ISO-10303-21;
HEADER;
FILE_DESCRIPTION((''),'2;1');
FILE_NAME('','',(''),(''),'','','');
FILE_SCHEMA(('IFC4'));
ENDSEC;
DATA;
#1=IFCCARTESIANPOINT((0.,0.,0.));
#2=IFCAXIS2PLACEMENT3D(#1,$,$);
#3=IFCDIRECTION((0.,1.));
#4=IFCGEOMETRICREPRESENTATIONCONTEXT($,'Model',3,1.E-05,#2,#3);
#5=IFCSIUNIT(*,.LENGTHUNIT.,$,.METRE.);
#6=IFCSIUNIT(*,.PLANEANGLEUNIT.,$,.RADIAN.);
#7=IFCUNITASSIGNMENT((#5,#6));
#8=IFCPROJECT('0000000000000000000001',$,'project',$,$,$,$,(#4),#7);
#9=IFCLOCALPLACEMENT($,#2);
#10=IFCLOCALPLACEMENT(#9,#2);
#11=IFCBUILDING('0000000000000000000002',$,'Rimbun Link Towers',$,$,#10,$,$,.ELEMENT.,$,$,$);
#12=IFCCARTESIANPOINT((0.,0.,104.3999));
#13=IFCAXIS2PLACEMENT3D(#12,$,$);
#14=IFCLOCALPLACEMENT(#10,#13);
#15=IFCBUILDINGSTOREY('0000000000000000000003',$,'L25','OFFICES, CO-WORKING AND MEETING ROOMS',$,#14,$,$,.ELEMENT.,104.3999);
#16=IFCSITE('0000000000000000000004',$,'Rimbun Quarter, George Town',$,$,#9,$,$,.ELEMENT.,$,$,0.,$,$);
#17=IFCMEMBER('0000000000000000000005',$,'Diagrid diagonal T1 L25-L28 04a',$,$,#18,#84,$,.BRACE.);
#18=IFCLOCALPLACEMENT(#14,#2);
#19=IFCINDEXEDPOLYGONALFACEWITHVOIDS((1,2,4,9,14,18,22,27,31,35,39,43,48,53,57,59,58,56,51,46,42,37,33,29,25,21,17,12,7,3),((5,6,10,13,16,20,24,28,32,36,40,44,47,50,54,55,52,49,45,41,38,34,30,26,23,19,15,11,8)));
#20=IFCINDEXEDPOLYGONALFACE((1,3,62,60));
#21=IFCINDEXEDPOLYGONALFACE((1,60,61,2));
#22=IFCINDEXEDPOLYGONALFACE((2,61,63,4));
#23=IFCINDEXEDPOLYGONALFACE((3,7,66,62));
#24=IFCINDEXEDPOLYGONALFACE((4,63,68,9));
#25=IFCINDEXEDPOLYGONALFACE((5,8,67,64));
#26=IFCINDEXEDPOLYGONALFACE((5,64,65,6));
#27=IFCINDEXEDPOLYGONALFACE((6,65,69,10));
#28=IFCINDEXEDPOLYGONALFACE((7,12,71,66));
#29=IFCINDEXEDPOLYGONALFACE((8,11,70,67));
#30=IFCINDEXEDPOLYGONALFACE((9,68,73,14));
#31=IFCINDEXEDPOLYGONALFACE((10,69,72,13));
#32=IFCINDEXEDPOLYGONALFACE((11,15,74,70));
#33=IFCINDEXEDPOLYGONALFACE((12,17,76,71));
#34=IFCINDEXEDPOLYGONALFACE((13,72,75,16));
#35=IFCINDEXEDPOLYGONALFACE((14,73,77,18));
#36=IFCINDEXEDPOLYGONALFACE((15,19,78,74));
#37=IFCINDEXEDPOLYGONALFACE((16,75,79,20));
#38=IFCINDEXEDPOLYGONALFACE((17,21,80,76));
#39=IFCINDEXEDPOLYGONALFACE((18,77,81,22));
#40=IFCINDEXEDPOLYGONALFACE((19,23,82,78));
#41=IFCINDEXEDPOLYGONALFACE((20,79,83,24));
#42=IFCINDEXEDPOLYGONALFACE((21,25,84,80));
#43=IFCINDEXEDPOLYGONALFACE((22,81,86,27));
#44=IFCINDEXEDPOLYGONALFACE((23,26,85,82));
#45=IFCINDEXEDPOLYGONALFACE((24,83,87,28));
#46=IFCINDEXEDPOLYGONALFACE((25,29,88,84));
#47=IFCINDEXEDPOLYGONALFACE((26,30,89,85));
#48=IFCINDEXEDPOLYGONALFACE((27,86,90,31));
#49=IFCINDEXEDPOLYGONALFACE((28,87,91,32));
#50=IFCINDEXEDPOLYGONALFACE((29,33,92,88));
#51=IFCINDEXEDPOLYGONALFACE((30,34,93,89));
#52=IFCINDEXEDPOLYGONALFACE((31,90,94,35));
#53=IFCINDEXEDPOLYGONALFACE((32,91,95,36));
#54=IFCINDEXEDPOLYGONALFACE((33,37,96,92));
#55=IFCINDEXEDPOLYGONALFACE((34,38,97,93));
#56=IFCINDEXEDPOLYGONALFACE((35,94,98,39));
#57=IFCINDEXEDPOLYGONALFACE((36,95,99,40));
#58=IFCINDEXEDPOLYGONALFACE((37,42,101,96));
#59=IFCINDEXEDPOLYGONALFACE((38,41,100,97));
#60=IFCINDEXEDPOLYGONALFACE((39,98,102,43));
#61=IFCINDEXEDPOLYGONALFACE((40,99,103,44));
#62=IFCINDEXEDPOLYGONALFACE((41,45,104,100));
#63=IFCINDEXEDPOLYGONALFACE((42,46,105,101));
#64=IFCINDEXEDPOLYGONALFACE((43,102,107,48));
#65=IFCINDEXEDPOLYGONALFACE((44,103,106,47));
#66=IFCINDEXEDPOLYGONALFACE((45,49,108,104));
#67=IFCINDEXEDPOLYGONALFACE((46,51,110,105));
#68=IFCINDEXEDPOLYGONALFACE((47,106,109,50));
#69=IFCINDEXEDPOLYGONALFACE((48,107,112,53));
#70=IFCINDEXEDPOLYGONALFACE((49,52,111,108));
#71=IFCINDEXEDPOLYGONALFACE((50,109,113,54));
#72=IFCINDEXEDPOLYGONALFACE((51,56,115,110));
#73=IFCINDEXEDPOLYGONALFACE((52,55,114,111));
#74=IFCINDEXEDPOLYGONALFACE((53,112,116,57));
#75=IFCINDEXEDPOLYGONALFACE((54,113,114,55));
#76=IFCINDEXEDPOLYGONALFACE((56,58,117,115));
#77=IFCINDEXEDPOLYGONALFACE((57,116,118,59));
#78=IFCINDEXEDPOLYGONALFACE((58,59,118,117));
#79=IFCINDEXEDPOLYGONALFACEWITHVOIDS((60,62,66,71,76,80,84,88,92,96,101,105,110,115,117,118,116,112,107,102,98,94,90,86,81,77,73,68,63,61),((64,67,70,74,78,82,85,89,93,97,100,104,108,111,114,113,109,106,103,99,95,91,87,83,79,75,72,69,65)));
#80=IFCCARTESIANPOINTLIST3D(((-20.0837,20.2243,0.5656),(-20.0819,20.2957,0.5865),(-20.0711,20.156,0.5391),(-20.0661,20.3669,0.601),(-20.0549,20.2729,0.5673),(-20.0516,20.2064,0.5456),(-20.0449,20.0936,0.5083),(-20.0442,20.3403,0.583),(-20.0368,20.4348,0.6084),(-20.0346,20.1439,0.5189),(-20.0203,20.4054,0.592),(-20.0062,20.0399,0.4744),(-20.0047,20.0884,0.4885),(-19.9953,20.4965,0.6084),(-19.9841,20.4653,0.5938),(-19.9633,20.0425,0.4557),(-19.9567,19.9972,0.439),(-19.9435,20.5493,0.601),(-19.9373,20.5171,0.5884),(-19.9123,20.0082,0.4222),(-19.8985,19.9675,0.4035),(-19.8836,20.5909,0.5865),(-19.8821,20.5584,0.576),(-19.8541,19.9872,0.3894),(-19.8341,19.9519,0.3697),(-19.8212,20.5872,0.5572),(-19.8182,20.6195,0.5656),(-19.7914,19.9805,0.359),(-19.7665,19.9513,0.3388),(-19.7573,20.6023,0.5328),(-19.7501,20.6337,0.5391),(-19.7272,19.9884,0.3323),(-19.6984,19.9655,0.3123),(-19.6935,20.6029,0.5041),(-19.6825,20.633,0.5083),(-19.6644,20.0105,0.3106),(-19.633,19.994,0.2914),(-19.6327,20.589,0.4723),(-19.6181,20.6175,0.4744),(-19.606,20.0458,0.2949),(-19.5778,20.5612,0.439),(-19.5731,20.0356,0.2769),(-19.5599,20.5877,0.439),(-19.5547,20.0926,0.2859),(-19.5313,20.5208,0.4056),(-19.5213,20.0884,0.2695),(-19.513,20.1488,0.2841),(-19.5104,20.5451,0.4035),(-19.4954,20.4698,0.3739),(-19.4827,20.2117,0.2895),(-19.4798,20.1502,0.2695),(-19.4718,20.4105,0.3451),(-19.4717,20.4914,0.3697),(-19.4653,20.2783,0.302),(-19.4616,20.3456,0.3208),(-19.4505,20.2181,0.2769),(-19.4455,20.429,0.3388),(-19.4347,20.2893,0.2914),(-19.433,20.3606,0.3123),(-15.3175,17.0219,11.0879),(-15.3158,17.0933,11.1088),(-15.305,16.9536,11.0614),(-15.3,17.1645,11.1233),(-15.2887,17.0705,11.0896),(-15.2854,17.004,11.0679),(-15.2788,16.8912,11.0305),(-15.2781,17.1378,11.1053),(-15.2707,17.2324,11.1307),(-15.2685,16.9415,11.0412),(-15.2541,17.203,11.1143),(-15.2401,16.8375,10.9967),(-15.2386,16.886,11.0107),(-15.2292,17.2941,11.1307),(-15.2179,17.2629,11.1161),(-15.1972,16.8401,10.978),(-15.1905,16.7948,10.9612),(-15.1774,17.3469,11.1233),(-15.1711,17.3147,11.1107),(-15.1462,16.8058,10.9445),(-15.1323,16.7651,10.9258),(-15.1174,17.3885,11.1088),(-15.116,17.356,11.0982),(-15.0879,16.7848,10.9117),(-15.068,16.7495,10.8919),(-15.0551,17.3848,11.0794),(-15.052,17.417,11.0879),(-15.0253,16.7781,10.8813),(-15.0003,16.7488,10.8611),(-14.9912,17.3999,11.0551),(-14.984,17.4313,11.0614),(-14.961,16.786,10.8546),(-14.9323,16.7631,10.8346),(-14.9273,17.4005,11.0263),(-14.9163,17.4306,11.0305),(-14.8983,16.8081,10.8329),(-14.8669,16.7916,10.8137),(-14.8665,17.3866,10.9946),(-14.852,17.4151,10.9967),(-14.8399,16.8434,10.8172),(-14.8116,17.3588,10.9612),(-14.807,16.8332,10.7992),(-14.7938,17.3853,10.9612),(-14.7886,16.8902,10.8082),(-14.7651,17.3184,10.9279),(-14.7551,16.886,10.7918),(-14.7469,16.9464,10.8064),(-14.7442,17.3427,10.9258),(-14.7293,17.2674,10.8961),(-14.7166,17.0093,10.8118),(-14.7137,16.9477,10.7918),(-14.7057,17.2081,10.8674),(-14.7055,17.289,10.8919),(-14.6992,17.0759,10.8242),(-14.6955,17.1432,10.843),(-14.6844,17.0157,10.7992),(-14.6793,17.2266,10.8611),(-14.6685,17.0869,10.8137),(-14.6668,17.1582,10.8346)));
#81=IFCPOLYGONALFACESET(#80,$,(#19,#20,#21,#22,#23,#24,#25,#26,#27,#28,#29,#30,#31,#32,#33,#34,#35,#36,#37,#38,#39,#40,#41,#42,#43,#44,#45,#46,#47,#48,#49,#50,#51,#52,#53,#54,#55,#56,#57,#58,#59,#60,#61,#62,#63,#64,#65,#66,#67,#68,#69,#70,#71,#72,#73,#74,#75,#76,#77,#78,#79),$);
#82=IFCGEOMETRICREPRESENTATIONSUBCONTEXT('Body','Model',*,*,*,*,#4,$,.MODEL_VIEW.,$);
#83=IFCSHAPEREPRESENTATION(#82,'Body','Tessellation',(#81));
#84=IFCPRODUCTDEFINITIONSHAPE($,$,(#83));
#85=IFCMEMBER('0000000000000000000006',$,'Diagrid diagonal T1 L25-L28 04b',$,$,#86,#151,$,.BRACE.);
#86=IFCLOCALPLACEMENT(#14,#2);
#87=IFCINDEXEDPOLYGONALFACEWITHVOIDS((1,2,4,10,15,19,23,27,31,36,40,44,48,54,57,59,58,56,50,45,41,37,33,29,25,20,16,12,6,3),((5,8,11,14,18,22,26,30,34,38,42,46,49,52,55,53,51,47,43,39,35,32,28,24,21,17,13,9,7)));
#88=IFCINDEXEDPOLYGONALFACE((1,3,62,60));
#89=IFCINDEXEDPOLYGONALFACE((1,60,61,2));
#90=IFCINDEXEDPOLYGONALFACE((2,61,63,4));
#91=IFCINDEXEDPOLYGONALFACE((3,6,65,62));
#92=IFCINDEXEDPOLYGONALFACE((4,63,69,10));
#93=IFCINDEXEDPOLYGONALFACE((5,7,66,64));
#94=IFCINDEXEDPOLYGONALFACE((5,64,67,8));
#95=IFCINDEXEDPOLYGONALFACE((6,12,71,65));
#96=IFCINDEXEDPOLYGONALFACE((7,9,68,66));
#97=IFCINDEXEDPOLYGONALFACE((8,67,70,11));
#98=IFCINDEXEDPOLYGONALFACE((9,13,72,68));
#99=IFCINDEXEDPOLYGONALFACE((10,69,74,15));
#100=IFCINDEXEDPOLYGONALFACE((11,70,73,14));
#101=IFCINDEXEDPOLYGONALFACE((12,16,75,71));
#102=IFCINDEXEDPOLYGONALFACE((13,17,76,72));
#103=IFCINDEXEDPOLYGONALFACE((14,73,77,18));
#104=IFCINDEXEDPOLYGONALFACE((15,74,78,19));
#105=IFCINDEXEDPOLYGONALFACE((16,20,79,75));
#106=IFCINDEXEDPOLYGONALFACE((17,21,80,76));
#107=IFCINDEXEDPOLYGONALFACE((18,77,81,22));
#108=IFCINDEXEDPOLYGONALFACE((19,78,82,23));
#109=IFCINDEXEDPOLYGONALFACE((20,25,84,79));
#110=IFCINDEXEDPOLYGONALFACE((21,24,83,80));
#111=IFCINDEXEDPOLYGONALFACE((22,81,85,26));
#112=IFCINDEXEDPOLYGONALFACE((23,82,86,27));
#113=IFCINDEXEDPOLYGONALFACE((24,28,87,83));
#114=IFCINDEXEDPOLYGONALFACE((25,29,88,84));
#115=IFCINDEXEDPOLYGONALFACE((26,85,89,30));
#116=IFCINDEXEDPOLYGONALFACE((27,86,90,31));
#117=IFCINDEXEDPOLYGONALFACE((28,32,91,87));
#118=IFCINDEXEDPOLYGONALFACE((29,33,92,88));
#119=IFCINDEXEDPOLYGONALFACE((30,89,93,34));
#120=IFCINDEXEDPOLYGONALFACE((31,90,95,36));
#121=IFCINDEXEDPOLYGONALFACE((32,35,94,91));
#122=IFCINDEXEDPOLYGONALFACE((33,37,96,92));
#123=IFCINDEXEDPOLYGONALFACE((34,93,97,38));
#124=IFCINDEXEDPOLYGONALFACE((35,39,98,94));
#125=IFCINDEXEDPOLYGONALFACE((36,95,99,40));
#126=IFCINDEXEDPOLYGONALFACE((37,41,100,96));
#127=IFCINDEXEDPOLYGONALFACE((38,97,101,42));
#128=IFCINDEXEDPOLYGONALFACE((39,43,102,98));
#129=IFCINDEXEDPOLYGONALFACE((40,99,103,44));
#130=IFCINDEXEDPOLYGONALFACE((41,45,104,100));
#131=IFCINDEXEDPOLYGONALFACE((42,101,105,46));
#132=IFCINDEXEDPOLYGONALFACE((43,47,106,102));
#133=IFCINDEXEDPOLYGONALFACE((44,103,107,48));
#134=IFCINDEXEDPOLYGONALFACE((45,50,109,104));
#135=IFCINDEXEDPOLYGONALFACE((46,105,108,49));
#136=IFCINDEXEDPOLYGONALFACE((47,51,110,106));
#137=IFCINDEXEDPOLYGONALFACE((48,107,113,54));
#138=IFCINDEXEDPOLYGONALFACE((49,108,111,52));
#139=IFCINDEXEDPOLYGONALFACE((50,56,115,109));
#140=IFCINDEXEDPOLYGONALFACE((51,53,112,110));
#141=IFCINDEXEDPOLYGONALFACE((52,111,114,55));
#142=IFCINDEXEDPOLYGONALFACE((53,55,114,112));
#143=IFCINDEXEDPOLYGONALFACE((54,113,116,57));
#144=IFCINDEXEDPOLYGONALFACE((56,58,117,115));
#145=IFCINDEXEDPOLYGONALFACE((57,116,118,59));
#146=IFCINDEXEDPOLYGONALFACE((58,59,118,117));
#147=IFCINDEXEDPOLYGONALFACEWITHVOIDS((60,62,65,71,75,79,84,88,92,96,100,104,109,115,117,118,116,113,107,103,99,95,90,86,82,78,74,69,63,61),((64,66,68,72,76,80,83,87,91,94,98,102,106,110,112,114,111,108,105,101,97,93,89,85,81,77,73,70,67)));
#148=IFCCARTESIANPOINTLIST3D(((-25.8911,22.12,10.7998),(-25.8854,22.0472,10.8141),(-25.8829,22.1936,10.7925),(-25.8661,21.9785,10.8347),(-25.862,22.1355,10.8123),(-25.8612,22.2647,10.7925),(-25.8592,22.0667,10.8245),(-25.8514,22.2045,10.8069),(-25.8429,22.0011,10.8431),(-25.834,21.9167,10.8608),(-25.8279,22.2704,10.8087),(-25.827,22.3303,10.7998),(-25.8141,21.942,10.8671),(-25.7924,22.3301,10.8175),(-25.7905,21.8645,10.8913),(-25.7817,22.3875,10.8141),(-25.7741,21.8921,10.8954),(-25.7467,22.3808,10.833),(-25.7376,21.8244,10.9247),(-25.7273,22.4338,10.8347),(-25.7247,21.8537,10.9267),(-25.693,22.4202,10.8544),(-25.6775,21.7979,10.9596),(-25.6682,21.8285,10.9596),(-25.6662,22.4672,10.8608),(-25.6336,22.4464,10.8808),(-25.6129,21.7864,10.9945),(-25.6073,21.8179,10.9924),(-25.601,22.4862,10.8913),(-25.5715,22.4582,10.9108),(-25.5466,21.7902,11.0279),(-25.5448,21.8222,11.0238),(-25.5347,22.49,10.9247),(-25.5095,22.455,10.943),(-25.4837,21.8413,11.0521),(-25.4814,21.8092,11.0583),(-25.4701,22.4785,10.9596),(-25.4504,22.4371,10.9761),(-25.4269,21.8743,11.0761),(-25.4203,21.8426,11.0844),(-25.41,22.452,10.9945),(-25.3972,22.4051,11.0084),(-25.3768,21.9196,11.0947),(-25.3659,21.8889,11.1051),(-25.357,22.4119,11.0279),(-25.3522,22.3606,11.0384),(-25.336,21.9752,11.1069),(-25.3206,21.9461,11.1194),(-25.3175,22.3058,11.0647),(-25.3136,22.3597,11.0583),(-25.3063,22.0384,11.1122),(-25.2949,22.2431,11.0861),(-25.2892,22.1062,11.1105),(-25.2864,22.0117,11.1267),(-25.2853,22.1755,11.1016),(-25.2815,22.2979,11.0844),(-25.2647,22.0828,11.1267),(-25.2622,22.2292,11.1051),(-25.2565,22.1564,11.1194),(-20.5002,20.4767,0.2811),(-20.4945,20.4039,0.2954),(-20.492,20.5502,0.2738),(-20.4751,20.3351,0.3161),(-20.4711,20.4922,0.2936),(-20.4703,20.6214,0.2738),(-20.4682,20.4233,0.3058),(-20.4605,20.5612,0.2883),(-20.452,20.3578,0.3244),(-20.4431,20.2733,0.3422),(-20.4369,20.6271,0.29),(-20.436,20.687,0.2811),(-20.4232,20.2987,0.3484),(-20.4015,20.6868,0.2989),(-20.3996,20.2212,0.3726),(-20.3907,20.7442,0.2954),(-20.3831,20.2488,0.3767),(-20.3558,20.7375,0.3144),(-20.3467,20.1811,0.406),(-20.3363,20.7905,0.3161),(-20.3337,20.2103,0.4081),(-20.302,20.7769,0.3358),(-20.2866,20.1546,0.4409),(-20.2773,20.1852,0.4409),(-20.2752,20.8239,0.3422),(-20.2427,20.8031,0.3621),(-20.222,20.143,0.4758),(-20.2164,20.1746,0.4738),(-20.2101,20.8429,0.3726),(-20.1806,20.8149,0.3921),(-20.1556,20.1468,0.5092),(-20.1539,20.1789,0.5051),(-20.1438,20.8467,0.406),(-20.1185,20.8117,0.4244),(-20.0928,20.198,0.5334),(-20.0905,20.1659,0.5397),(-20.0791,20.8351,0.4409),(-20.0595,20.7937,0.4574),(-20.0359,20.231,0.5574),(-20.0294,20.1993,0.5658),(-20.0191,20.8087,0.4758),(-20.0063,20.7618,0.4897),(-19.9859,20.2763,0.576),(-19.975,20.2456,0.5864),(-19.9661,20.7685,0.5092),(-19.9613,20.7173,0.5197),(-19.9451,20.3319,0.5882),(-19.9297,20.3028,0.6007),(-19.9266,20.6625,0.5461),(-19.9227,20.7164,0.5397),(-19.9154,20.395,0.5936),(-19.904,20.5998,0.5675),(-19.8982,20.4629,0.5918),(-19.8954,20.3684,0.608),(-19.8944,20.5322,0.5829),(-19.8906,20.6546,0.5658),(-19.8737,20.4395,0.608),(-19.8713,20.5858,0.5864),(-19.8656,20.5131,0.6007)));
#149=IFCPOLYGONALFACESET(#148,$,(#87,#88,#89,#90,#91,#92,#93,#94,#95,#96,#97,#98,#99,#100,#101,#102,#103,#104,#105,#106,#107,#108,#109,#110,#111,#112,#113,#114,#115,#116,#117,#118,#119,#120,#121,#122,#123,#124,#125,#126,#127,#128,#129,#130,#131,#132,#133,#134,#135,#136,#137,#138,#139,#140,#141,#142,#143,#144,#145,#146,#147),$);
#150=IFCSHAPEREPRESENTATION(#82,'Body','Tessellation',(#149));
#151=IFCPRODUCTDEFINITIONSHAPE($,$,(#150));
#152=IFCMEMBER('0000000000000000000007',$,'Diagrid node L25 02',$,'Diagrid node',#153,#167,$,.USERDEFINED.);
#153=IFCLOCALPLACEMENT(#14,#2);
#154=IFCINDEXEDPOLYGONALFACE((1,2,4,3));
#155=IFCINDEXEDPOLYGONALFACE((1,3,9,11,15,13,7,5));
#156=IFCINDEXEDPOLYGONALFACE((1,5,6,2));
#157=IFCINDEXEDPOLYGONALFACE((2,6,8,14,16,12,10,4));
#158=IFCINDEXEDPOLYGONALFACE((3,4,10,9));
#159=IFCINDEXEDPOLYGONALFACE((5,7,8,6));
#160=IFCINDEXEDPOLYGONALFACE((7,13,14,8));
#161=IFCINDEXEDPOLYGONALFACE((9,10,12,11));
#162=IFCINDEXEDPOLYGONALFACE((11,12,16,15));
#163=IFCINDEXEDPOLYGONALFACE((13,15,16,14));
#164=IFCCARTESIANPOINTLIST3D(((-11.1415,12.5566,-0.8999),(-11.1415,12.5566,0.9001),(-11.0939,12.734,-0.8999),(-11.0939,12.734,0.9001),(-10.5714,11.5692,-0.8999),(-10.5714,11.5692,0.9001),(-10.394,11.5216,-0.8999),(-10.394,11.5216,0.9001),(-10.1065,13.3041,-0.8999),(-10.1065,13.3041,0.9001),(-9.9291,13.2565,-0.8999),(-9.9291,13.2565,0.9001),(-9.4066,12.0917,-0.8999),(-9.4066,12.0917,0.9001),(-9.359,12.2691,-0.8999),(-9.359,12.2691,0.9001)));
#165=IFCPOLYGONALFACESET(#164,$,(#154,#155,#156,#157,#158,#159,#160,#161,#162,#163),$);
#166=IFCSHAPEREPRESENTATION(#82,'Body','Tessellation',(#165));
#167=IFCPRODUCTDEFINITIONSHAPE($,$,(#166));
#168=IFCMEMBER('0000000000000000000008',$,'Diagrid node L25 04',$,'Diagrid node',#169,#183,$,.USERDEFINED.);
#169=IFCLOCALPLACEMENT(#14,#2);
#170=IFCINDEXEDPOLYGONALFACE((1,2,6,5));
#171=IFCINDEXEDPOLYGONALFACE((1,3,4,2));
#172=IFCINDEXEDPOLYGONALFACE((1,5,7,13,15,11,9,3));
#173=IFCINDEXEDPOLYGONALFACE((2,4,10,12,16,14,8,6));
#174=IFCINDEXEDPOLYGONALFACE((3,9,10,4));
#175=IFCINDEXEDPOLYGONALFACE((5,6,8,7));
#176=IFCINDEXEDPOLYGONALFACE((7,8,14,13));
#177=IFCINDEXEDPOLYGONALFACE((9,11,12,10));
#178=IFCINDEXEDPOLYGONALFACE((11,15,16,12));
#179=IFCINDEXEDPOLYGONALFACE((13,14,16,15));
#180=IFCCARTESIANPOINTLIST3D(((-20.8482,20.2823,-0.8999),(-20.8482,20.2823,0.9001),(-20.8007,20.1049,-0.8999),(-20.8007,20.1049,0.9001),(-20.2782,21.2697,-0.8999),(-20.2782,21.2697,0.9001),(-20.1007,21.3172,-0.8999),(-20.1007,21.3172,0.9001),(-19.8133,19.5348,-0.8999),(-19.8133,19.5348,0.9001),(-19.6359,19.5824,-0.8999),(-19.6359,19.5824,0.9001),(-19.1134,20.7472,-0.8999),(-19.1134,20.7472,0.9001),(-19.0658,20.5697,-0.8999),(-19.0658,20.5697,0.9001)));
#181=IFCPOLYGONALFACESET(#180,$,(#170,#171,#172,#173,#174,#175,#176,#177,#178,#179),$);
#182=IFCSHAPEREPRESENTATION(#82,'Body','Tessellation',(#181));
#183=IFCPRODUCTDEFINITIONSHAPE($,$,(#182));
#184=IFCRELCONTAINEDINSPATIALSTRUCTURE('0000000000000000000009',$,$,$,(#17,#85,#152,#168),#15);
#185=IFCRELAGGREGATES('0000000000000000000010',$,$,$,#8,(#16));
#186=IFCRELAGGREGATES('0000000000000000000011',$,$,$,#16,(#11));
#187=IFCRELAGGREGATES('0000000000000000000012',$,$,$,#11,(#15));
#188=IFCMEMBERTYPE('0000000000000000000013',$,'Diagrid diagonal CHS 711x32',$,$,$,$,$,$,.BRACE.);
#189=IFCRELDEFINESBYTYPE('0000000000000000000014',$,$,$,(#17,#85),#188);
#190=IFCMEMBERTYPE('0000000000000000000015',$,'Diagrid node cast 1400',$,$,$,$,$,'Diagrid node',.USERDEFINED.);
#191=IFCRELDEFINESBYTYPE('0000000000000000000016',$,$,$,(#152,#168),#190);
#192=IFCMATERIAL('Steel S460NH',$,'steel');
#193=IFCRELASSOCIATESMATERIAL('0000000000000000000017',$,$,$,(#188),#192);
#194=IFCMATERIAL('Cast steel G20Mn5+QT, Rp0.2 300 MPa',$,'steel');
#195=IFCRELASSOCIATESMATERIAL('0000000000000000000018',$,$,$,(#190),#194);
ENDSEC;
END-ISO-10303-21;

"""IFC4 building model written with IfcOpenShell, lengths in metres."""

from ifc_helpers import new_model, si_unit, direction, frame, origin, origin_2d, place, context, subcontext, project, spatial, polyline, hollow_circle, outline, extrude, material, material_profile, profile_set, type_object, element, save


model = new_model("IFC4")

# Units and contexts
model_context = context("Model", 3, precision=1e-05, world=origin(), true_north=direction((0.0, 1.0)))
body_context = subcontext(model_context, "Body", "Model", "MODEL_VIEW")
ifc_project = project(units=[si_unit("LENGTHUNIT", "METRE"), si_unit("PLANEANGLEUNIT", "RADIAN")], contexts=[model_context])

# Site, building, storey
site_placement = place(None, origin())
site = spatial("IfcSite", under=ifc_project, at=site_placement, Name="Rimbun Quarter, George Town", CompositionType="ELEMENT", RefElevation=0.0)
building_placement = place(site_placement, origin())
building = spatial("IfcBuilding", under=site, at=building_placement, Name="Rimbun Link Towers", CompositionType="ELEMENT")
storey_placement = place(building_placement, frame((0.0, 0.0, 104.3999)))
storey = spatial("IfcBuildingStorey", under=building, at=storey_placement, Name="L25", Description="OFFICES, CO-WORKING AND MEETING ROOMS", CompositionType="ELEMENT", Elevation=104.3999)

# Members
ifc_material_1 = material(Name="Steel S460NH", Category="steel")
ifc_material_profile_1 = material_profile(ifc_material_1, hollow_circle(Radius=0.3557, WallThickness=0.032, at=origin_2d()), Name="Diagrid diagonal CHS 711x32")
ifc_profile_set_1 = profile_set([ifc_material_profile_1], Name="Steel S460NH")
member_type_1 = type_object("IfcMemberType", Name="Diagrid diagonal CHS 711x32", PredefinedType="BRACE", material=ifc_profile_set_1)
member_1_placement = place(storey_placement, frame((-19.7583, 20.2925, 0.439), z_axis=(0.397607, -0.267155, 0.877802), x_axis=(0.557709, 0.830037, 0.0)))
element("IfcMember", 1, at=member_1_placement, inside=storey, type_object=member_type_1, Name="Diagrid diagonal T1 L25-L28 04a", PredefinedType="BRACE", context=body_context, shape_type="SweptSolid", body=[
    extrude(hollow_circle(Radius=0.3557, WallThickness=0.032, at=origin_2d()), origin(), (0.0, 0.0, 1.0), 11.9871),
])
member_2_placement = place(storey_placement, frame((-20.1829, 20.4949, 0.4409), z_axis=(-0.451753, 0.137709, 0.881451), x_axis=(-0.291586, -0.956545, 0.0)))
element("IfcMember", 2, at=member_2_placement, inside=storey, type_object=member_type_1, Name="Diagrid diagonal T1 L25-L28 04b", PredefinedType="BRACE", context=body_context, shape_type="SweptSolid", body=[
    extrude(hollow_circle(Radius=0.3557, WallThickness=0.032, at=origin_2d()), origin(), (0.0, 0.0, 1.0), 11.9333),
])
ifc_material_2 = material(Name="Cast steel G20Mn5+QT, Rp0.2 300 MPa", Category="steel")
ifc_material_profile_2 = material_profile(ifc_material_2, outline(polyline([(0.7, -0.5701), (0.7, 0.5701), (0.5701, 0.7), (-0.5701, 0.7), (-0.7, 0.5701), (-0.7, -0.5701), (-0.5701, -0.7), (0.5701, -0.7), (0.7, -0.5701)])), Name="NODE 1400x1400")
ifc_profile_set_2 = profile_set([ifc_material_profile_2], Name="Cast steel G20Mn5+QT, Rp0.2 300 MPa")
member_type_2 = type_object("IfcMemberType", Name="Diagrid node cast 1400", ElementType="Diagrid node", PredefinedType="USERDEFINED", material=ifc_profile_set_2)
for number, where, z_axis, x_axis, name in (
    (3, (-10.2502, 12.4128, -0.8999), (0.0, 0.0, 1.0), (0.866025, 0.5, 0.0), "Diagrid node L25 02"),
    (4, (-19.957, 20.426, -0.8999), (0.0, 0.0, 1.0), (0.5, 0.866025, 0.0), "Diagrid node L25 04"),
):
    element("IfcMember", number, at=place(storey_placement, frame(where, z_axis=z_axis, x_axis=x_axis)), inside=storey, type_object=member_type_2, Name=name, ObjectType="Diagrid node", PredefinedType="USERDEFINED", context=body_context, shape_type="SweptSolid", body=[
        extrude(outline(polyline([(0.7, -0.5701), (0.7, 0.5701), (0.5701, 0.7), (-0.5701, 0.7), (-0.7, 0.5701), (-0.7, -0.5701), (-0.5701, -0.7), (0.5701, -0.7), (0.7, -0.5701)])), origin(), (0.0, 0.0, 1.0), 1.8),
    ])

save(model, "model.ifc")
